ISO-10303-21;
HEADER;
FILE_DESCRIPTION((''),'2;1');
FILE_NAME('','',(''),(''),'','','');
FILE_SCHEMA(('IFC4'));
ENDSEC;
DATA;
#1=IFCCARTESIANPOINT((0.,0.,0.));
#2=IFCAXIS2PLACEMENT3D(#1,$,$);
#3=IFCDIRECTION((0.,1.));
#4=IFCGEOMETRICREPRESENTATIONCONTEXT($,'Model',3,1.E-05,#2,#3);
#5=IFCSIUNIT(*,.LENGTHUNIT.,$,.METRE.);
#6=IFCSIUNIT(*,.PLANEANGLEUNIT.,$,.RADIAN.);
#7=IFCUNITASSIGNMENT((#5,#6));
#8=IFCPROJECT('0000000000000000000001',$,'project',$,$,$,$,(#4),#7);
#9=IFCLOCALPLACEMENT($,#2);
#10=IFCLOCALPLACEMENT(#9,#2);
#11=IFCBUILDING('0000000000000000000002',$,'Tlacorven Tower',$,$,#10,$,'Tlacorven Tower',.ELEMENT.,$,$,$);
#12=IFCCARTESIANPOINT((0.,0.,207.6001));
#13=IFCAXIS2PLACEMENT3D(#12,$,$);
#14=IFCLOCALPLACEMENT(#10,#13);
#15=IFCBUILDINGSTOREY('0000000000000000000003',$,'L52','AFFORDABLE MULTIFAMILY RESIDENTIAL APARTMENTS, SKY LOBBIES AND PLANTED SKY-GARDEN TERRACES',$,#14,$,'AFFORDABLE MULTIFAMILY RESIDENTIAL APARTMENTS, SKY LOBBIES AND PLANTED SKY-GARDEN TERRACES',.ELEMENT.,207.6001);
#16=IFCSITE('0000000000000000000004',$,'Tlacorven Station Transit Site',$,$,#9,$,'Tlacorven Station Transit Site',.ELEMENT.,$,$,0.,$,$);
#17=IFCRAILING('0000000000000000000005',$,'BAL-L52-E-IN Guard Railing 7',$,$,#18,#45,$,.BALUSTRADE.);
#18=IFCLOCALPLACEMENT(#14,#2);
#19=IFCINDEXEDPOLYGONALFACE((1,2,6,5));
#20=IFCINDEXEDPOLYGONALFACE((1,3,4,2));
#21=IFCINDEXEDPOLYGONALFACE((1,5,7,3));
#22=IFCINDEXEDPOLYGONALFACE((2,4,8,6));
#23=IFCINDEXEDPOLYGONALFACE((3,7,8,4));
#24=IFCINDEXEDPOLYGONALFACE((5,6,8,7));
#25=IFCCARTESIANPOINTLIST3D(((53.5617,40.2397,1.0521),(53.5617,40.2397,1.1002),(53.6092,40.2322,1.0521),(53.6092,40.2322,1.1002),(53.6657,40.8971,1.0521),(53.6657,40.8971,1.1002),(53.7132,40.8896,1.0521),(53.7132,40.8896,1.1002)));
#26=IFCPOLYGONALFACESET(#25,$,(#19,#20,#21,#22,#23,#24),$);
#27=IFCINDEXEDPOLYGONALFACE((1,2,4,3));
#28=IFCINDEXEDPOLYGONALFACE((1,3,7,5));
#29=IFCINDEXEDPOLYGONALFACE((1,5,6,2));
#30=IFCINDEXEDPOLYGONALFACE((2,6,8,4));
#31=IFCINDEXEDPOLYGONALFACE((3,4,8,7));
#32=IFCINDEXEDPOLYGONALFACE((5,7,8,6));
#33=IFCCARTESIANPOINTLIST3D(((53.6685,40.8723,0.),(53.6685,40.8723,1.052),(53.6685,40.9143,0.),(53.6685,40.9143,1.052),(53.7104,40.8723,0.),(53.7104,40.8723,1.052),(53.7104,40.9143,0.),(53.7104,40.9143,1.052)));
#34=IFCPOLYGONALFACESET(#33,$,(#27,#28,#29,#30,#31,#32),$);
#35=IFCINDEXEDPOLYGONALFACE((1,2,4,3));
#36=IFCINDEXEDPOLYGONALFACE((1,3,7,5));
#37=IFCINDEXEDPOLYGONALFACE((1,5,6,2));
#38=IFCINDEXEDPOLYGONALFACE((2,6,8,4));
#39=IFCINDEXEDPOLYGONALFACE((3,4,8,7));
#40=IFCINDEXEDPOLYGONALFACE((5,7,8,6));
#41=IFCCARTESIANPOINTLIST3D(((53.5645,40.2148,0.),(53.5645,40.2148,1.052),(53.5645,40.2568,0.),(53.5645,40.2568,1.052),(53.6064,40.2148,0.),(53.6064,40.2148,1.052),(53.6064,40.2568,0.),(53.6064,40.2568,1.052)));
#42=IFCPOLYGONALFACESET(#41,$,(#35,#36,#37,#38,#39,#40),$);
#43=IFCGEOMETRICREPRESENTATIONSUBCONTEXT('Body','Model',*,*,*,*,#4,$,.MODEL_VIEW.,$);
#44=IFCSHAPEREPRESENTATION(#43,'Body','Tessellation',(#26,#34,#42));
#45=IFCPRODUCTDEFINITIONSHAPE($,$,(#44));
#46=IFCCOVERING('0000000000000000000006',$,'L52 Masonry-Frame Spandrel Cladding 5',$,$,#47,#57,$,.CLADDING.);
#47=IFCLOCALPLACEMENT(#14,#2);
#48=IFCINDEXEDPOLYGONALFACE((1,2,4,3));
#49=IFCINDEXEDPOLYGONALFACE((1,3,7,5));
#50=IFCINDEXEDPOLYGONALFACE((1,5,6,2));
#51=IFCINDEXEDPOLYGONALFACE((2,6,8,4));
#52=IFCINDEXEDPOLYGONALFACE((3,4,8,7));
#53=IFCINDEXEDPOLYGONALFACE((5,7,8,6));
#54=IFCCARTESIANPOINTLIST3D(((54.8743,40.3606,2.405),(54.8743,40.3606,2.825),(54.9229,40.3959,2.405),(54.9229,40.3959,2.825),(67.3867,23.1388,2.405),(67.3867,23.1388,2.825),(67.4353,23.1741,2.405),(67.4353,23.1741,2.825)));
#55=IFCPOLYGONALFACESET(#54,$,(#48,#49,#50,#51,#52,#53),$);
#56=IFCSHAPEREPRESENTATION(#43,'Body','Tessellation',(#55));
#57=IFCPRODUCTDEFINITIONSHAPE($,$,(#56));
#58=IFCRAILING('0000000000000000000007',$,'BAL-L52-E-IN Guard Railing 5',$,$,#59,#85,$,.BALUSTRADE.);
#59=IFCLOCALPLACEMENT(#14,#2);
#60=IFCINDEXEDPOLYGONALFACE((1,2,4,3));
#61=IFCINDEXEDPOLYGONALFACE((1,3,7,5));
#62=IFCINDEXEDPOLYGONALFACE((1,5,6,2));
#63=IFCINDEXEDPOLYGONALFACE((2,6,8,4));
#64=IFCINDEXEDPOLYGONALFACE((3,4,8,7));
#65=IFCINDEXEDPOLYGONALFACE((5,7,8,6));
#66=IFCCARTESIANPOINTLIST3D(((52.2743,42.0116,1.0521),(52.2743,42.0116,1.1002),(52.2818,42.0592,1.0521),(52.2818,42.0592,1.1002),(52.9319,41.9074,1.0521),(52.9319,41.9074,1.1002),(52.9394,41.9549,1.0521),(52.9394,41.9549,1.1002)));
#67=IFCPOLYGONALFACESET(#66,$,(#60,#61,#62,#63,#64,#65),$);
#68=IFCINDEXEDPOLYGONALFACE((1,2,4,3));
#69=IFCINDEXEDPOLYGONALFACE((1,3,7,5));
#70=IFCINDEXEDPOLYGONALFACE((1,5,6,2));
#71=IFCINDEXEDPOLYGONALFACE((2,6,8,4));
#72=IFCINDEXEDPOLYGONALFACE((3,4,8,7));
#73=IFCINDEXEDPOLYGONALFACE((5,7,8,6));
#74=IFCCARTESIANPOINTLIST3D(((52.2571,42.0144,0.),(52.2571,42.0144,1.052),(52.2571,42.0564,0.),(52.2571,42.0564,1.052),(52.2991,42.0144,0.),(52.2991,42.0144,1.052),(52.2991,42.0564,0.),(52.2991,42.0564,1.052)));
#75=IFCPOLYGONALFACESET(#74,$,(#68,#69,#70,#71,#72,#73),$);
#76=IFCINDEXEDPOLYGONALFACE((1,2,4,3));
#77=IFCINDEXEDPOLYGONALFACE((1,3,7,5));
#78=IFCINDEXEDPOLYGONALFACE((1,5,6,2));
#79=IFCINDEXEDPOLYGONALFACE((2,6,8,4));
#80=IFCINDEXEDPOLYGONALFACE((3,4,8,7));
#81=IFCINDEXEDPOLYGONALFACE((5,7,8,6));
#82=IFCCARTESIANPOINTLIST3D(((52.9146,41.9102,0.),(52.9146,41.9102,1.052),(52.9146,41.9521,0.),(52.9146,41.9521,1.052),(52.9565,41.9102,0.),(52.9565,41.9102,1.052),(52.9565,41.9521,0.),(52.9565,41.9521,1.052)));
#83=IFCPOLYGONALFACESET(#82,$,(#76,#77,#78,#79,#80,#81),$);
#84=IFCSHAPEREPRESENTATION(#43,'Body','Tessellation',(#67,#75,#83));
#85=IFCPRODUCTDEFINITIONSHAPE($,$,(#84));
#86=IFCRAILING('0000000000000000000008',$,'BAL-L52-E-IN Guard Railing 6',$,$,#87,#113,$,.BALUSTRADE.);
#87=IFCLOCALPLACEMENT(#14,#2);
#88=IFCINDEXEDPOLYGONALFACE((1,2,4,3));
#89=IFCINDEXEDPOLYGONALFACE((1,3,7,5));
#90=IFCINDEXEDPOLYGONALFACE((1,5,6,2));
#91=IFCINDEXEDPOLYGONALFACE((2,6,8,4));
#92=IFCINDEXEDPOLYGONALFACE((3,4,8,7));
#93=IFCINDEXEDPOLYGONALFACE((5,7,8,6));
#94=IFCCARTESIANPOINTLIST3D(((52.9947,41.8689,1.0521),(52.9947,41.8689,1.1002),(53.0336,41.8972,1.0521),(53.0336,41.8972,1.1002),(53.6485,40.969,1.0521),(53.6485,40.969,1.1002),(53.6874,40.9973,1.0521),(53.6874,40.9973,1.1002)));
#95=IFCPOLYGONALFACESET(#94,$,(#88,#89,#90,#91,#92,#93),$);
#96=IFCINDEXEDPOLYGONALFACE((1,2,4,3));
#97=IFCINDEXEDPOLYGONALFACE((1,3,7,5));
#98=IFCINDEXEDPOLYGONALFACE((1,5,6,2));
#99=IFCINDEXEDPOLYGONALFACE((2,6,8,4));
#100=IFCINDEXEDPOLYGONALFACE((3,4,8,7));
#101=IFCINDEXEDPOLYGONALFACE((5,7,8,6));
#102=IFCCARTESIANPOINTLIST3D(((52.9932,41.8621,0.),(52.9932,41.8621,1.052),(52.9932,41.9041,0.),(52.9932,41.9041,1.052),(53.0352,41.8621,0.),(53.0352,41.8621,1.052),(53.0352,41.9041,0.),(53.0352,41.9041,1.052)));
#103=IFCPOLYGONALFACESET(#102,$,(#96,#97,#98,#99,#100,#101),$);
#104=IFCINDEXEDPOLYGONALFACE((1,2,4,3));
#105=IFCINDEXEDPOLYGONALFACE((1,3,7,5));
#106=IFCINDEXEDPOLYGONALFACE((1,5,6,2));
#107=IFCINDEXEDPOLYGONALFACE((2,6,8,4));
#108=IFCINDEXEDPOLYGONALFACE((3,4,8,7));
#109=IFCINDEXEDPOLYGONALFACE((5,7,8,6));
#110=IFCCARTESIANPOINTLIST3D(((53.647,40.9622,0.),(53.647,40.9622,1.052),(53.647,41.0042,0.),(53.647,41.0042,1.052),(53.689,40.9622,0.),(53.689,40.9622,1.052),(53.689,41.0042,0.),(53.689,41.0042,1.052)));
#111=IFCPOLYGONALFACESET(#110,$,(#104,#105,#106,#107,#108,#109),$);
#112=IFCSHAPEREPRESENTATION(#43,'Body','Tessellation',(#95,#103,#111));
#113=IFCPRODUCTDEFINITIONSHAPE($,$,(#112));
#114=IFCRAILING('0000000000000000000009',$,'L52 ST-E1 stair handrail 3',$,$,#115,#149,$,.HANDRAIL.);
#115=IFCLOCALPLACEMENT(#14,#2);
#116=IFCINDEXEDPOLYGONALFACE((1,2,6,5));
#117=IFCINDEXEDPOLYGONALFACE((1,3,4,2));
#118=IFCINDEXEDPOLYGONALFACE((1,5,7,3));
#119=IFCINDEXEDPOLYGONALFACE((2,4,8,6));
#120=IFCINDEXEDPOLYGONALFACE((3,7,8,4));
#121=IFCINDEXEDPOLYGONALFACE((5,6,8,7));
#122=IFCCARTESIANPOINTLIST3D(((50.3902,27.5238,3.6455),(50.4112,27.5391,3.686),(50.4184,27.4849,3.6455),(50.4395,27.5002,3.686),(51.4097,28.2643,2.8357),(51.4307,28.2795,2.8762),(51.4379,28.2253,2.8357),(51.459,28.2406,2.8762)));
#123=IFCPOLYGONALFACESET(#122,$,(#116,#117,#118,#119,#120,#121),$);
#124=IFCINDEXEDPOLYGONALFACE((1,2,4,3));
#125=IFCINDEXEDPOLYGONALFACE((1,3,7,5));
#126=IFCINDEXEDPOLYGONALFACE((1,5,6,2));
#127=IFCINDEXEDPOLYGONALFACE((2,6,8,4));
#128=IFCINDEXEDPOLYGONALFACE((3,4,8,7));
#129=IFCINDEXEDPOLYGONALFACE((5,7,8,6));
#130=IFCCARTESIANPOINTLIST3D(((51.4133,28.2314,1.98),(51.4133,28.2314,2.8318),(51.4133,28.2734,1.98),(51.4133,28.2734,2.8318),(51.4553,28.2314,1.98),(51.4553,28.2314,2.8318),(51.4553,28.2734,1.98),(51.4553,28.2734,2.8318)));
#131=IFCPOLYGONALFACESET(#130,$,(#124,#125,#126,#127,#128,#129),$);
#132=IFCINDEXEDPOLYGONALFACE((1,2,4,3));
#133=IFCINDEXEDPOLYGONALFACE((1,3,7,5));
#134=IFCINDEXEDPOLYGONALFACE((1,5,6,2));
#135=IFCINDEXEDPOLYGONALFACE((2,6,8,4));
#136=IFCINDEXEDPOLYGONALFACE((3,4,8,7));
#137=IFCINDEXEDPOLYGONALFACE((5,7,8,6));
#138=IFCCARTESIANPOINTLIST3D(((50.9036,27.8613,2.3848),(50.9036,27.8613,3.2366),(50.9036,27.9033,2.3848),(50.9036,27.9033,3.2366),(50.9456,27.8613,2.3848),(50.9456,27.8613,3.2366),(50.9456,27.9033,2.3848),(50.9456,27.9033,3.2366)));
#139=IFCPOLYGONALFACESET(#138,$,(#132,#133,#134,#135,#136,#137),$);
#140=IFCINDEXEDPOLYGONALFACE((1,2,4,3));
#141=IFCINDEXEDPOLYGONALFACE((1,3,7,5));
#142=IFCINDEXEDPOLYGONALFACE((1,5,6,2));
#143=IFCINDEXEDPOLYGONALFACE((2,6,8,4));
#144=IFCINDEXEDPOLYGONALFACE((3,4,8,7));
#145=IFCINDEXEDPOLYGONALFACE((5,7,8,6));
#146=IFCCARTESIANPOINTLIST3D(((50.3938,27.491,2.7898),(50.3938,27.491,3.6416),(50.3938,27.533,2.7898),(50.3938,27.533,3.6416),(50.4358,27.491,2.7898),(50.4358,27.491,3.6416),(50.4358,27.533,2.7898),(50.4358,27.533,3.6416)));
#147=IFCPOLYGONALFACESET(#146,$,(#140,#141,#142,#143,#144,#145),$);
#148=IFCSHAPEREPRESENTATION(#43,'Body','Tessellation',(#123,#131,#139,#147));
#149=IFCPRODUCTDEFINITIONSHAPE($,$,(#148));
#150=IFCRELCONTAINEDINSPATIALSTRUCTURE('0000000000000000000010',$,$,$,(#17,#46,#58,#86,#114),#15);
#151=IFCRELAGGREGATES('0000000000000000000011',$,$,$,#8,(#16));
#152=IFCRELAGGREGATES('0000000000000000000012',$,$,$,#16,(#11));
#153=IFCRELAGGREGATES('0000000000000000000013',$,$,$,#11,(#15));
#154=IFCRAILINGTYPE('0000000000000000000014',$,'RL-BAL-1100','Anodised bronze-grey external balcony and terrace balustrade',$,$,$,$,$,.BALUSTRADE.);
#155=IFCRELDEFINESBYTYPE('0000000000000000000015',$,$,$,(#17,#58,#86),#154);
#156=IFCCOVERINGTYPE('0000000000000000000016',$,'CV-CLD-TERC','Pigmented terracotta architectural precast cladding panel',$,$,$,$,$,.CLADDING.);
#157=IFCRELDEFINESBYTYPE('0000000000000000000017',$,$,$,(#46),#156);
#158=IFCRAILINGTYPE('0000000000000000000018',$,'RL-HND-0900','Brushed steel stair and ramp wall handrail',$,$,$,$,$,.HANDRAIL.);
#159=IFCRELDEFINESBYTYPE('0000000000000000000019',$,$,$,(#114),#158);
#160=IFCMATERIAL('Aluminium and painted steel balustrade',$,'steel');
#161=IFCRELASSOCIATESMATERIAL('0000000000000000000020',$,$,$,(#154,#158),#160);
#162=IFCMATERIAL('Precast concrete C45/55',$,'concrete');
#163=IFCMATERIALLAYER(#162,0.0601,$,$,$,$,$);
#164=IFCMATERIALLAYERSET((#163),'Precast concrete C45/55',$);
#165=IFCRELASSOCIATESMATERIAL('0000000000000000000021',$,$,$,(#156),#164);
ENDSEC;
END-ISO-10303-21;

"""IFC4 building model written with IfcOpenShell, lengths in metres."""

from ifc_helpers import new_model, si_unit, direction, frame, origin, origin_2d, place, context, subcontext, project, spatial, rectangle, extrude, source, transform, mapped, material, layer, layer_set, type_object, element, save


model = new_model("IFC4")

# Units and contexts
model_context = context("Model", 3, precision=1e-05, world=origin(), true_north=direction((0.0, 1.0)))
body_context = subcontext(model_context, "Body", "Model", "MODEL_VIEW")
ifc_project = project(units=[si_unit("LENGTHUNIT", "METRE"), si_unit("PLANEANGLEUNIT", "RADIAN")], contexts=[model_context])

# Site, building, storey
site_placement = place(None, origin())
site = spatial("IfcSite", under=ifc_project, at=site_placement, Name="Tlacorven Station Transit Site", LongName="Tlacorven Station Transit Site", CompositionType="ELEMENT", RefElevation=0.0)
building_placement = place(site_placement, origin())
building = spatial("IfcBuilding", under=site, at=building_placement, Name="Tlacorven Tower", LongName="Tlacorven Tower", CompositionType="ELEMENT")
storey_placement = place(building_placement, frame((0.0, 0.0, 207.6001)))
storey = spatial("IfcBuildingStorey", under=building, at=storey_placement, Name="L52", Description="AFFORDABLE MULTIFAMILY RESIDENTIAL APARTMENTS, SKY LOBBIES AND PLANTED SKY-GARDEN TERRACES", LongName="AFFORDABLE MULTIFAMILY RESIDENTIAL APARTMENTS, SKY LOBBIES AND PLANTED SKY-GARDEN TERRACES", CompositionType="ELEMENT", Elevation=207.6001)

# Shared definitions
ifc_material_1 = material(Name="Precast concrete C45/55", Category="concrete")

# Railing
ifc_material_2 = material(Name="Aluminium and painted steel balustrade", Category="steel")
railing_type_1 = type_object("IfcRailingType", Name="RL-BAL-1100", Description="Anodised bronze-grey external balcony and terrace balustrade", PredefinedType="BALUSTRADE", material=ifc_material_2)
shared_shape_1 = source(origin(), body_context, "Body", "SweptSolid", [
    extrude(rectangle(XDim=0.0481, YDim=0.0481, at=origin_2d()), frame((0.0, 0.0, 1.0762), z_axis=(-0.156245, -0.987718, 0.0), x_axis=(0.987718, -0.156245, 0.0)), (0.0, 0.0, 1.0), 0.6655),
    extrude(rectangle(XDim=0.042, YDim=0.042, at=origin_2d()), origin(), (0.0, 0.0, 1.0), 1.052),
    extrude(rectangle(XDim=0.042, YDim=0.042, at=origin_2d()), frame((-0.104, -0.6575, 0.0)), (0.0, 0.0, 1.0), 1.052),
])
railing_1_placement = place(storey_placement, frame((53.6895, 40.8933, 0.0)))
element("IfcRailing", 1, at=railing_1_placement, inside=storey, type_object=railing_type_1, Name="BAL-L52-E-IN Guard Railing 7", PredefinedType="BALUSTRADE", context=body_context, shape_type="MappedRepresentation", body=[
    mapped(shared_shape_1, transform((0.0, 0.0, 0.0), scale=1.0)),
])

# Covering
ifc_layer_1 = layer(ifc_material_1, 0.0601)
ifc_layer_set_1 = layer_set([ifc_layer_1], Name="Precast concrete C45/55")
covering_type = type_object("IfcCoveringType", Name="CV-CLD-TERC", Description="Pigmented terracotta architectural precast cladding panel", PredefinedType="CLADDING", material=ifc_layer_set_1)
shared_shape_2 = source(origin(), body_context, "Body", "SweptSolid", [
    extrude(rectangle(XDim=21.2874, YDim=0.0601, at=origin_2d()), origin(), (0.0, 0.0, 1.0), 0.4199),
])
covering_placement = place(storey_placement, frame((61.1548, 31.7673, 2.405), z_axis=(0.0, 0.0, 1.0), x_axis=(0.587785, -0.809017, 0.0)))
element("IfcCovering", 2, at=covering_placement, inside=storey, type_object=covering_type, Name="L52 Masonry-Frame Spandrel Cladding 5", PredefinedType="CLADDING", context=body_context, shape_type="MappedRepresentation", body=[
    mapped(shared_shape_2, transform((0.0, 0.0, 0.0), scale=1.0)),
])

# Railings
shared_shape_3 = source(origin(), body_context, "Body", "SweptSolid", [
    extrude(rectangle(XDim=0.0481, YDim=0.0481, at=origin_2d()), frame((0.0, 0.0, 1.0762), z_axis=(0.987662, -0.156603, 0.0), x_axis=(0.156603, 0.987662, 0.0)), (0.0, 0.0, 1.0), 0.6658),
    extrude(rectangle(XDim=0.042, YDim=0.042, at=origin_2d()), origin(), (0.0, 0.0, 1.0), 1.052),
    extrude(rectangle(XDim=0.042, YDim=0.042, at=origin_2d()), frame((0.6575, -0.1042, 0.0)), (0.0, 0.0, 1.0), 1.052),
])
railing_2_placement = place(storey_placement, frame((52.2781, 42.0354, 0.0)))
element("IfcRailing", 3, at=railing_2_placement, inside=storey, type_object=railing_type_1, Name="BAL-L52-E-IN Guard Railing 5", PredefinedType="BALUSTRADE", context=body_context, shape_type="MappedRepresentation", body=[
    mapped(shared_shape_3, transform((0.0, 0.0, 0.0), scale=1.0)),
])
shared_shape_4 = source(origin(), body_context, "Body", "SweptSolid", [
    extrude(rectangle(XDim=0.0481, YDim=0.0481, at=origin_2d()), frame((0.0, 0.0, 1.0762), z_axis=(0.58778, -0.809021, 0.0), x_axis=(0.809021, 0.58778, 0.0)), (0.0, 0.0, 1.0), 1.1123),
    extrude(rectangle(XDim=0.042, YDim=0.042, at=origin_2d()), origin(), (0.0, 0.0, 1.0), 1.052),
    extrude(rectangle(XDim=0.042, YDim=0.042, at=origin_2d()), frame((0.6538, -0.8999, 0.0)), (0.0, 0.0, 1.0), 1.052),
])
railing_3_placement = place(storey_placement, frame((53.0142, 41.8831, 0.0)))
element("IfcRailing", 4, at=railing_3_placement, inside=storey, type_object=railing_type_1, Name="BAL-L52-E-IN Guard Railing 6", PredefinedType="BALUSTRADE", context=body_context, shape_type="MappedRepresentation", body=[
    mapped(shared_shape_4, transform((0.0, 0.0, 0.0), scale=1.0)),
])
railing_type_2 = type_object("IfcRailingType", Name="RL-HND-0900", Description="Brushed steel stair and ramp wall handrail", PredefinedType="HANDRAIL", material=ifc_material_2)
shared_shape_5 = source(origin(), body_context, "Body", "SweptSolid", [
    extrude(rectangle(XDim=0.0481, YDim=0.0481, at=origin_2d()), frame((0.0, 0.0, 0.876), z_axis=(-0.680664, -0.494361, 0.540652), x_axis=(0.587653, -0.809113, 0.0)), (0.0, 0.0, 1.0), 1.4978),
    extrude(rectangle(XDim=0.042, YDim=0.042, at=origin_2d()), origin(), (0.0, 0.0, 1.0), 0.8518),
    extrude(rectangle(XDim=0.042, YDim=0.042, at=origin_2d()), frame((-0.5098, -0.3701, 0.4048)), (0.0, 0.0, 1.0), 0.8518),
    extrude(rectangle(XDim=0.042, YDim=0.042, at=origin_2d()), frame((-1.0195, -0.7405, 0.8098)), (0.0, 0.0, 1.0), 0.8518),
])
railing_4_placement = place(storey_placement, frame((51.4343, 28.2524, 1.98)))
element("IfcRailing", 5, at=railing_4_placement, inside=storey, type_object=railing_type_2, Name="L52 ST-E1 stair handrail 3", PredefinedType="HANDRAIL", context=body_context, shape_type="MappedRepresentation", body=[
    mapped(shared_shape_5, transform((0.0, 0.0, 0.0), scale=1.0)),
])

save(model, "model.ifc")
